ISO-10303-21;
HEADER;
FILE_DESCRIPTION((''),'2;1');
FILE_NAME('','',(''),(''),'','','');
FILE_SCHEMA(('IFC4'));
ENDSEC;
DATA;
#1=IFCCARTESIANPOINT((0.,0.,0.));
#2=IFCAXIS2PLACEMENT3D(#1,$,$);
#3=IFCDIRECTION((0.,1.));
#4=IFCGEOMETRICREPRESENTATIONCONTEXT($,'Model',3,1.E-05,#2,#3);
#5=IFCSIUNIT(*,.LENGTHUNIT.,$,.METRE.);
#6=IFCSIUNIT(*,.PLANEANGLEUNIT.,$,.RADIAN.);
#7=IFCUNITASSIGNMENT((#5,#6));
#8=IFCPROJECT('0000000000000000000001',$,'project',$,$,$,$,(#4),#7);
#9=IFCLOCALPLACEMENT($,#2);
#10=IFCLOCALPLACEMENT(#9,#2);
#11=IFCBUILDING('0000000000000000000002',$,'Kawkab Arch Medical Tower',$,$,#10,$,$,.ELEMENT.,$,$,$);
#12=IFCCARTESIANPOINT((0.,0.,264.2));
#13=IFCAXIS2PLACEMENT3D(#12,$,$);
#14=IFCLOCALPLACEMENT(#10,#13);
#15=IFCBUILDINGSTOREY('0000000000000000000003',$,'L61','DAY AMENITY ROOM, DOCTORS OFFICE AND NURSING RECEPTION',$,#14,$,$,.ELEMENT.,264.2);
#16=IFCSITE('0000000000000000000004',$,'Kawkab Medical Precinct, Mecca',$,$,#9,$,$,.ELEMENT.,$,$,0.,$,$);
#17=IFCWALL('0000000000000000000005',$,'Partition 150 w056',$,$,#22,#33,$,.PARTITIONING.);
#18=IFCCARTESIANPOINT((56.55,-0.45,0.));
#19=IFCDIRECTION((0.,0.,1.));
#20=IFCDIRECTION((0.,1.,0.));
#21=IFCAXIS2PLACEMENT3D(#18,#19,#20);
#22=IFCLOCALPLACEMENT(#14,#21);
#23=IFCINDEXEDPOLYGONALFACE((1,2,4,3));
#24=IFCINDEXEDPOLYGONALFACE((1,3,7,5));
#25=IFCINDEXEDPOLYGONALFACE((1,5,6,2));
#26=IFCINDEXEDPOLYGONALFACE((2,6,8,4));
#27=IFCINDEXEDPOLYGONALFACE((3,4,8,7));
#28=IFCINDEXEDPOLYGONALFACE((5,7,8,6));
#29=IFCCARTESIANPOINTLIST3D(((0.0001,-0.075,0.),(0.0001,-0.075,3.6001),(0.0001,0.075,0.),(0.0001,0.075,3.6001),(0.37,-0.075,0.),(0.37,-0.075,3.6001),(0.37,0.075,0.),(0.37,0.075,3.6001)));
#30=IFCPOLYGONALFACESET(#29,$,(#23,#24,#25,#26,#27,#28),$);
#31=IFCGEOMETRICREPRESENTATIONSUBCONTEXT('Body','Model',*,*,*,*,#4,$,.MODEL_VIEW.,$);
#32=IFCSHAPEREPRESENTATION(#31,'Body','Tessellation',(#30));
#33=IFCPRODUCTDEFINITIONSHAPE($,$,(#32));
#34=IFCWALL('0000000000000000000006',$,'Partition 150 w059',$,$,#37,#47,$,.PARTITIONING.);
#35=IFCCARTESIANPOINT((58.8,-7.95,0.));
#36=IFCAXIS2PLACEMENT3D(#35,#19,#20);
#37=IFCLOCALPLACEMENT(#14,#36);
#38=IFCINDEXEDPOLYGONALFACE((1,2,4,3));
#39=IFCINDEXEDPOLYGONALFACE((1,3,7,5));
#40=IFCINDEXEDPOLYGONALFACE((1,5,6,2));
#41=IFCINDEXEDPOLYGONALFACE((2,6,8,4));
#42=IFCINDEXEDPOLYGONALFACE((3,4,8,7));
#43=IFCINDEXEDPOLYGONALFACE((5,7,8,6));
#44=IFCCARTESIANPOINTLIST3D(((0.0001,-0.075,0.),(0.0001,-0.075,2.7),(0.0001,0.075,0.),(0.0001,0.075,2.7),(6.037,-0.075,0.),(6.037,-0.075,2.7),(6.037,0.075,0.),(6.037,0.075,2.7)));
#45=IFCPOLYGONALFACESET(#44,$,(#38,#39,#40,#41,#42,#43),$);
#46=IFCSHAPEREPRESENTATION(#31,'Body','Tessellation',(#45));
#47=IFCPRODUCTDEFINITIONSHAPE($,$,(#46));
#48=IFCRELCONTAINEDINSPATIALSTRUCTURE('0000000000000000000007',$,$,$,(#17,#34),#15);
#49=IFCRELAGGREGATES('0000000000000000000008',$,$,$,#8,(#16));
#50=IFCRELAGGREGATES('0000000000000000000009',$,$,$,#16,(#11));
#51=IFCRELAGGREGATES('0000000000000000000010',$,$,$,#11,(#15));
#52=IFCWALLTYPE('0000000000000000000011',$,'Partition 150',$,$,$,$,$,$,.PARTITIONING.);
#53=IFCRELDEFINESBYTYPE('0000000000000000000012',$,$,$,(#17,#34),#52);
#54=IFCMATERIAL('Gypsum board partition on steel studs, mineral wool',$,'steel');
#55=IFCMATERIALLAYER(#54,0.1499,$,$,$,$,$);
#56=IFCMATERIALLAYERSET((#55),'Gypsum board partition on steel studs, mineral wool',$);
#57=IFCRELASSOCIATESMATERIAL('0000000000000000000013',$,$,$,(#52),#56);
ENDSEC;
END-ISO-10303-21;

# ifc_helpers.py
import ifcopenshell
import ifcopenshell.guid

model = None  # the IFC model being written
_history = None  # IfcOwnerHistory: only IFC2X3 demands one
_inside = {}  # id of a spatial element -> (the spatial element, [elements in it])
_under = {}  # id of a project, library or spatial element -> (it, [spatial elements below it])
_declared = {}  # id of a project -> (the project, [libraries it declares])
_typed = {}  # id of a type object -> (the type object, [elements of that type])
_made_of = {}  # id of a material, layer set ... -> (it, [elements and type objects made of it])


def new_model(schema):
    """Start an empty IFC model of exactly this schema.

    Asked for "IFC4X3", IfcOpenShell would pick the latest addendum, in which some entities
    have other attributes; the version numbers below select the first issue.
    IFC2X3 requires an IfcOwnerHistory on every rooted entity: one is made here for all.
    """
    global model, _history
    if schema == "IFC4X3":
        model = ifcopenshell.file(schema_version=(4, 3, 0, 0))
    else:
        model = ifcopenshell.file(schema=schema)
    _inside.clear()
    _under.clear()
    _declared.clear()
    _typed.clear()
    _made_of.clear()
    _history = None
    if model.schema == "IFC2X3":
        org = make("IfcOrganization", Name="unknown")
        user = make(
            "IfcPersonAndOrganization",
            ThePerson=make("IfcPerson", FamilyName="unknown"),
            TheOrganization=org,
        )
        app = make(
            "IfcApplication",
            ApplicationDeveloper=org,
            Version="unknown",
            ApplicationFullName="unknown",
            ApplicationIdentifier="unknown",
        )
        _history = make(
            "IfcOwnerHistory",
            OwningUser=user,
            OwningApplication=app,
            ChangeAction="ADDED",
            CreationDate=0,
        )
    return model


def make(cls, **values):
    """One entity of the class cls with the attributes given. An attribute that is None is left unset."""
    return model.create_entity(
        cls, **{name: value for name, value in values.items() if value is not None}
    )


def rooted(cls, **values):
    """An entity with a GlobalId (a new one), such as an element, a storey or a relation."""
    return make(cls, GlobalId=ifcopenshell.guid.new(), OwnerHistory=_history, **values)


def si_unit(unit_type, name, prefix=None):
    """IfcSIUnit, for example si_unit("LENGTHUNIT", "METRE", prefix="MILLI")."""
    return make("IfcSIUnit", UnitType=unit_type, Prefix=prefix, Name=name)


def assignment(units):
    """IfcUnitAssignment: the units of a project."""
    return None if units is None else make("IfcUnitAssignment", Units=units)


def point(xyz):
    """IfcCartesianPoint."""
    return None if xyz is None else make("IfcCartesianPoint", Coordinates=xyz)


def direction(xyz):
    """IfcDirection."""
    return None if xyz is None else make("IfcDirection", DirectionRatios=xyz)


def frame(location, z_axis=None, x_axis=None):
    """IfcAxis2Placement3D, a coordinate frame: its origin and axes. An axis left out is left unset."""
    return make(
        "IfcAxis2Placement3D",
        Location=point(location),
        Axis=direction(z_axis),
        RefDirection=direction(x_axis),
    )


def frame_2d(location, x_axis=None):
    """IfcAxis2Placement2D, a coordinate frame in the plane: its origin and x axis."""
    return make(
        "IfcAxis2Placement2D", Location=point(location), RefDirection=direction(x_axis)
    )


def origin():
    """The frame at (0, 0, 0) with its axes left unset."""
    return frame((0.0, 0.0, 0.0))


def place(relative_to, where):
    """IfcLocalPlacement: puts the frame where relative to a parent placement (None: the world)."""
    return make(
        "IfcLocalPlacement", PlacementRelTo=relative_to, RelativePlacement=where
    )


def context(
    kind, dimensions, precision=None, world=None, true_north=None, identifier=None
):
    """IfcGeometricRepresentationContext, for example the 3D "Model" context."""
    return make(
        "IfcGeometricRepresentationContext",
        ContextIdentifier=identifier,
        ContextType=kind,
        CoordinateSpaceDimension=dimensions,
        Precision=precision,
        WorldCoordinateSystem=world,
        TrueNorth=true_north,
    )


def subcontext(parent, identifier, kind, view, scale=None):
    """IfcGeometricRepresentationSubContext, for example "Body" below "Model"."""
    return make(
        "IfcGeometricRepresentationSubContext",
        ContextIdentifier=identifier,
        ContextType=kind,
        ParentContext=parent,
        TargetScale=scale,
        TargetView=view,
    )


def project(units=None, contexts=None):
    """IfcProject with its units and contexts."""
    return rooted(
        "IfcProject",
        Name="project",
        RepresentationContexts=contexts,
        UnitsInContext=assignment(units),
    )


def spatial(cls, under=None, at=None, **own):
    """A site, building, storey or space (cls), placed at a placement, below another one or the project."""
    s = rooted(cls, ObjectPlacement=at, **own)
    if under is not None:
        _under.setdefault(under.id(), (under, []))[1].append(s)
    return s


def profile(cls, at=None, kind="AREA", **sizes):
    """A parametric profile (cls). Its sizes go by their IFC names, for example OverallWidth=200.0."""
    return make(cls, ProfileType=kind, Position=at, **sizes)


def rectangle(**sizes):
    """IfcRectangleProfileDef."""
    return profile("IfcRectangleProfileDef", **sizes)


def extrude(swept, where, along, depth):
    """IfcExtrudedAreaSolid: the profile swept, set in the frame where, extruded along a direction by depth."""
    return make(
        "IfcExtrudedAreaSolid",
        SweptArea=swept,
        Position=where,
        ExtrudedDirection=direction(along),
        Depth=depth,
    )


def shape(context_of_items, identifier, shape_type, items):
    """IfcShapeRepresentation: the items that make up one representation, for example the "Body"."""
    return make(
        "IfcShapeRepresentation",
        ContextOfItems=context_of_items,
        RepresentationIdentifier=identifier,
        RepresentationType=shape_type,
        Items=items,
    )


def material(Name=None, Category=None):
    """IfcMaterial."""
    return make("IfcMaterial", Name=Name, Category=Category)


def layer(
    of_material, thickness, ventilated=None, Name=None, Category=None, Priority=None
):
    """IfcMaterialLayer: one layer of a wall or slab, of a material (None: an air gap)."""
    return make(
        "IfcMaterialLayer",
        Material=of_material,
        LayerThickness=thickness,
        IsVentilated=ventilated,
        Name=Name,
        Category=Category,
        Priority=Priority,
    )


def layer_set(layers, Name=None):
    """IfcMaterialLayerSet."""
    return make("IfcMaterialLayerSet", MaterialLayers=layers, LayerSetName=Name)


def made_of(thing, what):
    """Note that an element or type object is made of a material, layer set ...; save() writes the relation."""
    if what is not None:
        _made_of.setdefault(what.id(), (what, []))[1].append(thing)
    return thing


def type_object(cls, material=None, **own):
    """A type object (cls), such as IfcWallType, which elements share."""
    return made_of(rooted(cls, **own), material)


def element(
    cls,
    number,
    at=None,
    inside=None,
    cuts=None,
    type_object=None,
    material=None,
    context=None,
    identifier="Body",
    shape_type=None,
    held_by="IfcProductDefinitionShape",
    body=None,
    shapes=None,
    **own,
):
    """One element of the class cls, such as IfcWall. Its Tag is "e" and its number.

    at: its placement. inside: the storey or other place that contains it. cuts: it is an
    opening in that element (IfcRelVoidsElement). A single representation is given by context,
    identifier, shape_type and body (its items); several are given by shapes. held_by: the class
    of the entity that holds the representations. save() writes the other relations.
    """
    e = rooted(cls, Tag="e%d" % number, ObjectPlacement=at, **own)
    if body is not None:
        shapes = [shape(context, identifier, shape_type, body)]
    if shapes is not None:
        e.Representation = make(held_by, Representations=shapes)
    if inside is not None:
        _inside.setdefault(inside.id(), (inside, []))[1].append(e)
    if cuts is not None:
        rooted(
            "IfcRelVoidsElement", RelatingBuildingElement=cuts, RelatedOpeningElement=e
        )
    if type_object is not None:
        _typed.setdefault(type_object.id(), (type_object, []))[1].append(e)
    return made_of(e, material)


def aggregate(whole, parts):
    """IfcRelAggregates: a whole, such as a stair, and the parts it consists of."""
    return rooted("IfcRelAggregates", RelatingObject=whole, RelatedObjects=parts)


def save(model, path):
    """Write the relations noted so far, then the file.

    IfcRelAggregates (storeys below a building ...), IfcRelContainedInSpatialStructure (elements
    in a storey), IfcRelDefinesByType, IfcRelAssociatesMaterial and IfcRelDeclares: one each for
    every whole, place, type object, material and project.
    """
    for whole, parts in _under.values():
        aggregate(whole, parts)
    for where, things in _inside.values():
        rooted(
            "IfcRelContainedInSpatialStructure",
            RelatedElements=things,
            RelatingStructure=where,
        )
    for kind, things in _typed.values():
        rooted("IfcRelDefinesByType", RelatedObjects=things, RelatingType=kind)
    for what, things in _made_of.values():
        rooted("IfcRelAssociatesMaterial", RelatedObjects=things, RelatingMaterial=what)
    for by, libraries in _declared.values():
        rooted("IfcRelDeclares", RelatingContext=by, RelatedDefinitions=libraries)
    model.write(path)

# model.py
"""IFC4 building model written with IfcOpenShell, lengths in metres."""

from ifc_helpers import new_model, si_unit, direction, frame, frame_2d, origin, place, context, subcontext, project, spatial, rectangle, extrude, material, layer, layer_set, type_object, element, save


model = new_model("IFC4")

# Units and contexts
model_context = context("Model", 3, precision=1e-05, world=origin(), true_north=direction((0.0, 1.0)))
body_context = subcontext(model_context, "Body", "Model", "MODEL_VIEW")
ifc_project = project(units=[si_unit("LENGTHUNIT", "METRE"), si_unit("PLANEANGLEUNIT", "RADIAN")], contexts=[model_context])

# Site, building, storey
site_placement = place(None, origin())
site = spatial("IfcSite", under=ifc_project, at=site_placement, Name="Kawkab Medical Precinct, Mecca", CompositionType="ELEMENT", RefElevation=0.0)
building_placement = place(site_placement, origin())
building = spatial("IfcBuilding", under=site, at=building_placement, Name="Kawkab Arch Medical Tower", CompositionType="ELEMENT")
storey_placement = place(building_placement, frame((0.0, 0.0, 264.2)))
storey = spatial("IfcBuildingStorey", under=building, at=storey_placement, Name="L61", Description="DAY AMENITY ROOM, DOCTORS OFFICE AND NURSING RECEPTION", CompositionType="ELEMENT", Elevation=264.2)

# Walls
ifc_material_1 = material(Name="Gypsum board partition on steel studs, mineral wool", Category="steel")
ifc_layer_1 = layer(ifc_material_1, 0.1499)
ifc_layer_set_1 = layer_set([ifc_layer_1], Name="Gypsum board partition on steel studs, mineral wool")
wall_type = type_object("IfcWallType", Name="Partition 150", PredefinedType="PARTITIONING", material=ifc_layer_set_1)
wall_1_placement = place(storey_placement, frame((56.55, -0.45, 0.0), z_axis=(0.0, 0.0, 1.0), x_axis=(0.0, 1.0, 0.0)))
element("IfcWall", 1, at=wall_1_placement, inside=storey, type_object=wall_type, Name="Partition 150 w056", PredefinedType="PARTITIONING", context=body_context, shape_type="SweptSolid", body=[
    extrude(rectangle(XDim=0.3699, YDim=0.1499, at=frame_2d((0.1851, 0.0))), origin(), (0.0, 0.0, 1.0), 3.6001),
])
wall_2_placement = place(storey_placement, frame((58.8, -7.95, 0.0), z_axis=(0.0, 0.0, 1.0), x_axis=(0.0, 1.0, 0.0)))
element("IfcWall", 2, at=wall_2_placement, inside=storey, type_object=wall_type, Name="Partition 150 w059", PredefinedType="PARTITIONING", context=body_context, shape_type="SweptSolid", body=[
    extrude(rectangle(XDim=6.0369, YDim=0.1499, at=frame_2d((3.0186, 0.0))), origin(), (0.0, 0.0, 1.0), 2.7),
])

save(model, "model.ifc")
